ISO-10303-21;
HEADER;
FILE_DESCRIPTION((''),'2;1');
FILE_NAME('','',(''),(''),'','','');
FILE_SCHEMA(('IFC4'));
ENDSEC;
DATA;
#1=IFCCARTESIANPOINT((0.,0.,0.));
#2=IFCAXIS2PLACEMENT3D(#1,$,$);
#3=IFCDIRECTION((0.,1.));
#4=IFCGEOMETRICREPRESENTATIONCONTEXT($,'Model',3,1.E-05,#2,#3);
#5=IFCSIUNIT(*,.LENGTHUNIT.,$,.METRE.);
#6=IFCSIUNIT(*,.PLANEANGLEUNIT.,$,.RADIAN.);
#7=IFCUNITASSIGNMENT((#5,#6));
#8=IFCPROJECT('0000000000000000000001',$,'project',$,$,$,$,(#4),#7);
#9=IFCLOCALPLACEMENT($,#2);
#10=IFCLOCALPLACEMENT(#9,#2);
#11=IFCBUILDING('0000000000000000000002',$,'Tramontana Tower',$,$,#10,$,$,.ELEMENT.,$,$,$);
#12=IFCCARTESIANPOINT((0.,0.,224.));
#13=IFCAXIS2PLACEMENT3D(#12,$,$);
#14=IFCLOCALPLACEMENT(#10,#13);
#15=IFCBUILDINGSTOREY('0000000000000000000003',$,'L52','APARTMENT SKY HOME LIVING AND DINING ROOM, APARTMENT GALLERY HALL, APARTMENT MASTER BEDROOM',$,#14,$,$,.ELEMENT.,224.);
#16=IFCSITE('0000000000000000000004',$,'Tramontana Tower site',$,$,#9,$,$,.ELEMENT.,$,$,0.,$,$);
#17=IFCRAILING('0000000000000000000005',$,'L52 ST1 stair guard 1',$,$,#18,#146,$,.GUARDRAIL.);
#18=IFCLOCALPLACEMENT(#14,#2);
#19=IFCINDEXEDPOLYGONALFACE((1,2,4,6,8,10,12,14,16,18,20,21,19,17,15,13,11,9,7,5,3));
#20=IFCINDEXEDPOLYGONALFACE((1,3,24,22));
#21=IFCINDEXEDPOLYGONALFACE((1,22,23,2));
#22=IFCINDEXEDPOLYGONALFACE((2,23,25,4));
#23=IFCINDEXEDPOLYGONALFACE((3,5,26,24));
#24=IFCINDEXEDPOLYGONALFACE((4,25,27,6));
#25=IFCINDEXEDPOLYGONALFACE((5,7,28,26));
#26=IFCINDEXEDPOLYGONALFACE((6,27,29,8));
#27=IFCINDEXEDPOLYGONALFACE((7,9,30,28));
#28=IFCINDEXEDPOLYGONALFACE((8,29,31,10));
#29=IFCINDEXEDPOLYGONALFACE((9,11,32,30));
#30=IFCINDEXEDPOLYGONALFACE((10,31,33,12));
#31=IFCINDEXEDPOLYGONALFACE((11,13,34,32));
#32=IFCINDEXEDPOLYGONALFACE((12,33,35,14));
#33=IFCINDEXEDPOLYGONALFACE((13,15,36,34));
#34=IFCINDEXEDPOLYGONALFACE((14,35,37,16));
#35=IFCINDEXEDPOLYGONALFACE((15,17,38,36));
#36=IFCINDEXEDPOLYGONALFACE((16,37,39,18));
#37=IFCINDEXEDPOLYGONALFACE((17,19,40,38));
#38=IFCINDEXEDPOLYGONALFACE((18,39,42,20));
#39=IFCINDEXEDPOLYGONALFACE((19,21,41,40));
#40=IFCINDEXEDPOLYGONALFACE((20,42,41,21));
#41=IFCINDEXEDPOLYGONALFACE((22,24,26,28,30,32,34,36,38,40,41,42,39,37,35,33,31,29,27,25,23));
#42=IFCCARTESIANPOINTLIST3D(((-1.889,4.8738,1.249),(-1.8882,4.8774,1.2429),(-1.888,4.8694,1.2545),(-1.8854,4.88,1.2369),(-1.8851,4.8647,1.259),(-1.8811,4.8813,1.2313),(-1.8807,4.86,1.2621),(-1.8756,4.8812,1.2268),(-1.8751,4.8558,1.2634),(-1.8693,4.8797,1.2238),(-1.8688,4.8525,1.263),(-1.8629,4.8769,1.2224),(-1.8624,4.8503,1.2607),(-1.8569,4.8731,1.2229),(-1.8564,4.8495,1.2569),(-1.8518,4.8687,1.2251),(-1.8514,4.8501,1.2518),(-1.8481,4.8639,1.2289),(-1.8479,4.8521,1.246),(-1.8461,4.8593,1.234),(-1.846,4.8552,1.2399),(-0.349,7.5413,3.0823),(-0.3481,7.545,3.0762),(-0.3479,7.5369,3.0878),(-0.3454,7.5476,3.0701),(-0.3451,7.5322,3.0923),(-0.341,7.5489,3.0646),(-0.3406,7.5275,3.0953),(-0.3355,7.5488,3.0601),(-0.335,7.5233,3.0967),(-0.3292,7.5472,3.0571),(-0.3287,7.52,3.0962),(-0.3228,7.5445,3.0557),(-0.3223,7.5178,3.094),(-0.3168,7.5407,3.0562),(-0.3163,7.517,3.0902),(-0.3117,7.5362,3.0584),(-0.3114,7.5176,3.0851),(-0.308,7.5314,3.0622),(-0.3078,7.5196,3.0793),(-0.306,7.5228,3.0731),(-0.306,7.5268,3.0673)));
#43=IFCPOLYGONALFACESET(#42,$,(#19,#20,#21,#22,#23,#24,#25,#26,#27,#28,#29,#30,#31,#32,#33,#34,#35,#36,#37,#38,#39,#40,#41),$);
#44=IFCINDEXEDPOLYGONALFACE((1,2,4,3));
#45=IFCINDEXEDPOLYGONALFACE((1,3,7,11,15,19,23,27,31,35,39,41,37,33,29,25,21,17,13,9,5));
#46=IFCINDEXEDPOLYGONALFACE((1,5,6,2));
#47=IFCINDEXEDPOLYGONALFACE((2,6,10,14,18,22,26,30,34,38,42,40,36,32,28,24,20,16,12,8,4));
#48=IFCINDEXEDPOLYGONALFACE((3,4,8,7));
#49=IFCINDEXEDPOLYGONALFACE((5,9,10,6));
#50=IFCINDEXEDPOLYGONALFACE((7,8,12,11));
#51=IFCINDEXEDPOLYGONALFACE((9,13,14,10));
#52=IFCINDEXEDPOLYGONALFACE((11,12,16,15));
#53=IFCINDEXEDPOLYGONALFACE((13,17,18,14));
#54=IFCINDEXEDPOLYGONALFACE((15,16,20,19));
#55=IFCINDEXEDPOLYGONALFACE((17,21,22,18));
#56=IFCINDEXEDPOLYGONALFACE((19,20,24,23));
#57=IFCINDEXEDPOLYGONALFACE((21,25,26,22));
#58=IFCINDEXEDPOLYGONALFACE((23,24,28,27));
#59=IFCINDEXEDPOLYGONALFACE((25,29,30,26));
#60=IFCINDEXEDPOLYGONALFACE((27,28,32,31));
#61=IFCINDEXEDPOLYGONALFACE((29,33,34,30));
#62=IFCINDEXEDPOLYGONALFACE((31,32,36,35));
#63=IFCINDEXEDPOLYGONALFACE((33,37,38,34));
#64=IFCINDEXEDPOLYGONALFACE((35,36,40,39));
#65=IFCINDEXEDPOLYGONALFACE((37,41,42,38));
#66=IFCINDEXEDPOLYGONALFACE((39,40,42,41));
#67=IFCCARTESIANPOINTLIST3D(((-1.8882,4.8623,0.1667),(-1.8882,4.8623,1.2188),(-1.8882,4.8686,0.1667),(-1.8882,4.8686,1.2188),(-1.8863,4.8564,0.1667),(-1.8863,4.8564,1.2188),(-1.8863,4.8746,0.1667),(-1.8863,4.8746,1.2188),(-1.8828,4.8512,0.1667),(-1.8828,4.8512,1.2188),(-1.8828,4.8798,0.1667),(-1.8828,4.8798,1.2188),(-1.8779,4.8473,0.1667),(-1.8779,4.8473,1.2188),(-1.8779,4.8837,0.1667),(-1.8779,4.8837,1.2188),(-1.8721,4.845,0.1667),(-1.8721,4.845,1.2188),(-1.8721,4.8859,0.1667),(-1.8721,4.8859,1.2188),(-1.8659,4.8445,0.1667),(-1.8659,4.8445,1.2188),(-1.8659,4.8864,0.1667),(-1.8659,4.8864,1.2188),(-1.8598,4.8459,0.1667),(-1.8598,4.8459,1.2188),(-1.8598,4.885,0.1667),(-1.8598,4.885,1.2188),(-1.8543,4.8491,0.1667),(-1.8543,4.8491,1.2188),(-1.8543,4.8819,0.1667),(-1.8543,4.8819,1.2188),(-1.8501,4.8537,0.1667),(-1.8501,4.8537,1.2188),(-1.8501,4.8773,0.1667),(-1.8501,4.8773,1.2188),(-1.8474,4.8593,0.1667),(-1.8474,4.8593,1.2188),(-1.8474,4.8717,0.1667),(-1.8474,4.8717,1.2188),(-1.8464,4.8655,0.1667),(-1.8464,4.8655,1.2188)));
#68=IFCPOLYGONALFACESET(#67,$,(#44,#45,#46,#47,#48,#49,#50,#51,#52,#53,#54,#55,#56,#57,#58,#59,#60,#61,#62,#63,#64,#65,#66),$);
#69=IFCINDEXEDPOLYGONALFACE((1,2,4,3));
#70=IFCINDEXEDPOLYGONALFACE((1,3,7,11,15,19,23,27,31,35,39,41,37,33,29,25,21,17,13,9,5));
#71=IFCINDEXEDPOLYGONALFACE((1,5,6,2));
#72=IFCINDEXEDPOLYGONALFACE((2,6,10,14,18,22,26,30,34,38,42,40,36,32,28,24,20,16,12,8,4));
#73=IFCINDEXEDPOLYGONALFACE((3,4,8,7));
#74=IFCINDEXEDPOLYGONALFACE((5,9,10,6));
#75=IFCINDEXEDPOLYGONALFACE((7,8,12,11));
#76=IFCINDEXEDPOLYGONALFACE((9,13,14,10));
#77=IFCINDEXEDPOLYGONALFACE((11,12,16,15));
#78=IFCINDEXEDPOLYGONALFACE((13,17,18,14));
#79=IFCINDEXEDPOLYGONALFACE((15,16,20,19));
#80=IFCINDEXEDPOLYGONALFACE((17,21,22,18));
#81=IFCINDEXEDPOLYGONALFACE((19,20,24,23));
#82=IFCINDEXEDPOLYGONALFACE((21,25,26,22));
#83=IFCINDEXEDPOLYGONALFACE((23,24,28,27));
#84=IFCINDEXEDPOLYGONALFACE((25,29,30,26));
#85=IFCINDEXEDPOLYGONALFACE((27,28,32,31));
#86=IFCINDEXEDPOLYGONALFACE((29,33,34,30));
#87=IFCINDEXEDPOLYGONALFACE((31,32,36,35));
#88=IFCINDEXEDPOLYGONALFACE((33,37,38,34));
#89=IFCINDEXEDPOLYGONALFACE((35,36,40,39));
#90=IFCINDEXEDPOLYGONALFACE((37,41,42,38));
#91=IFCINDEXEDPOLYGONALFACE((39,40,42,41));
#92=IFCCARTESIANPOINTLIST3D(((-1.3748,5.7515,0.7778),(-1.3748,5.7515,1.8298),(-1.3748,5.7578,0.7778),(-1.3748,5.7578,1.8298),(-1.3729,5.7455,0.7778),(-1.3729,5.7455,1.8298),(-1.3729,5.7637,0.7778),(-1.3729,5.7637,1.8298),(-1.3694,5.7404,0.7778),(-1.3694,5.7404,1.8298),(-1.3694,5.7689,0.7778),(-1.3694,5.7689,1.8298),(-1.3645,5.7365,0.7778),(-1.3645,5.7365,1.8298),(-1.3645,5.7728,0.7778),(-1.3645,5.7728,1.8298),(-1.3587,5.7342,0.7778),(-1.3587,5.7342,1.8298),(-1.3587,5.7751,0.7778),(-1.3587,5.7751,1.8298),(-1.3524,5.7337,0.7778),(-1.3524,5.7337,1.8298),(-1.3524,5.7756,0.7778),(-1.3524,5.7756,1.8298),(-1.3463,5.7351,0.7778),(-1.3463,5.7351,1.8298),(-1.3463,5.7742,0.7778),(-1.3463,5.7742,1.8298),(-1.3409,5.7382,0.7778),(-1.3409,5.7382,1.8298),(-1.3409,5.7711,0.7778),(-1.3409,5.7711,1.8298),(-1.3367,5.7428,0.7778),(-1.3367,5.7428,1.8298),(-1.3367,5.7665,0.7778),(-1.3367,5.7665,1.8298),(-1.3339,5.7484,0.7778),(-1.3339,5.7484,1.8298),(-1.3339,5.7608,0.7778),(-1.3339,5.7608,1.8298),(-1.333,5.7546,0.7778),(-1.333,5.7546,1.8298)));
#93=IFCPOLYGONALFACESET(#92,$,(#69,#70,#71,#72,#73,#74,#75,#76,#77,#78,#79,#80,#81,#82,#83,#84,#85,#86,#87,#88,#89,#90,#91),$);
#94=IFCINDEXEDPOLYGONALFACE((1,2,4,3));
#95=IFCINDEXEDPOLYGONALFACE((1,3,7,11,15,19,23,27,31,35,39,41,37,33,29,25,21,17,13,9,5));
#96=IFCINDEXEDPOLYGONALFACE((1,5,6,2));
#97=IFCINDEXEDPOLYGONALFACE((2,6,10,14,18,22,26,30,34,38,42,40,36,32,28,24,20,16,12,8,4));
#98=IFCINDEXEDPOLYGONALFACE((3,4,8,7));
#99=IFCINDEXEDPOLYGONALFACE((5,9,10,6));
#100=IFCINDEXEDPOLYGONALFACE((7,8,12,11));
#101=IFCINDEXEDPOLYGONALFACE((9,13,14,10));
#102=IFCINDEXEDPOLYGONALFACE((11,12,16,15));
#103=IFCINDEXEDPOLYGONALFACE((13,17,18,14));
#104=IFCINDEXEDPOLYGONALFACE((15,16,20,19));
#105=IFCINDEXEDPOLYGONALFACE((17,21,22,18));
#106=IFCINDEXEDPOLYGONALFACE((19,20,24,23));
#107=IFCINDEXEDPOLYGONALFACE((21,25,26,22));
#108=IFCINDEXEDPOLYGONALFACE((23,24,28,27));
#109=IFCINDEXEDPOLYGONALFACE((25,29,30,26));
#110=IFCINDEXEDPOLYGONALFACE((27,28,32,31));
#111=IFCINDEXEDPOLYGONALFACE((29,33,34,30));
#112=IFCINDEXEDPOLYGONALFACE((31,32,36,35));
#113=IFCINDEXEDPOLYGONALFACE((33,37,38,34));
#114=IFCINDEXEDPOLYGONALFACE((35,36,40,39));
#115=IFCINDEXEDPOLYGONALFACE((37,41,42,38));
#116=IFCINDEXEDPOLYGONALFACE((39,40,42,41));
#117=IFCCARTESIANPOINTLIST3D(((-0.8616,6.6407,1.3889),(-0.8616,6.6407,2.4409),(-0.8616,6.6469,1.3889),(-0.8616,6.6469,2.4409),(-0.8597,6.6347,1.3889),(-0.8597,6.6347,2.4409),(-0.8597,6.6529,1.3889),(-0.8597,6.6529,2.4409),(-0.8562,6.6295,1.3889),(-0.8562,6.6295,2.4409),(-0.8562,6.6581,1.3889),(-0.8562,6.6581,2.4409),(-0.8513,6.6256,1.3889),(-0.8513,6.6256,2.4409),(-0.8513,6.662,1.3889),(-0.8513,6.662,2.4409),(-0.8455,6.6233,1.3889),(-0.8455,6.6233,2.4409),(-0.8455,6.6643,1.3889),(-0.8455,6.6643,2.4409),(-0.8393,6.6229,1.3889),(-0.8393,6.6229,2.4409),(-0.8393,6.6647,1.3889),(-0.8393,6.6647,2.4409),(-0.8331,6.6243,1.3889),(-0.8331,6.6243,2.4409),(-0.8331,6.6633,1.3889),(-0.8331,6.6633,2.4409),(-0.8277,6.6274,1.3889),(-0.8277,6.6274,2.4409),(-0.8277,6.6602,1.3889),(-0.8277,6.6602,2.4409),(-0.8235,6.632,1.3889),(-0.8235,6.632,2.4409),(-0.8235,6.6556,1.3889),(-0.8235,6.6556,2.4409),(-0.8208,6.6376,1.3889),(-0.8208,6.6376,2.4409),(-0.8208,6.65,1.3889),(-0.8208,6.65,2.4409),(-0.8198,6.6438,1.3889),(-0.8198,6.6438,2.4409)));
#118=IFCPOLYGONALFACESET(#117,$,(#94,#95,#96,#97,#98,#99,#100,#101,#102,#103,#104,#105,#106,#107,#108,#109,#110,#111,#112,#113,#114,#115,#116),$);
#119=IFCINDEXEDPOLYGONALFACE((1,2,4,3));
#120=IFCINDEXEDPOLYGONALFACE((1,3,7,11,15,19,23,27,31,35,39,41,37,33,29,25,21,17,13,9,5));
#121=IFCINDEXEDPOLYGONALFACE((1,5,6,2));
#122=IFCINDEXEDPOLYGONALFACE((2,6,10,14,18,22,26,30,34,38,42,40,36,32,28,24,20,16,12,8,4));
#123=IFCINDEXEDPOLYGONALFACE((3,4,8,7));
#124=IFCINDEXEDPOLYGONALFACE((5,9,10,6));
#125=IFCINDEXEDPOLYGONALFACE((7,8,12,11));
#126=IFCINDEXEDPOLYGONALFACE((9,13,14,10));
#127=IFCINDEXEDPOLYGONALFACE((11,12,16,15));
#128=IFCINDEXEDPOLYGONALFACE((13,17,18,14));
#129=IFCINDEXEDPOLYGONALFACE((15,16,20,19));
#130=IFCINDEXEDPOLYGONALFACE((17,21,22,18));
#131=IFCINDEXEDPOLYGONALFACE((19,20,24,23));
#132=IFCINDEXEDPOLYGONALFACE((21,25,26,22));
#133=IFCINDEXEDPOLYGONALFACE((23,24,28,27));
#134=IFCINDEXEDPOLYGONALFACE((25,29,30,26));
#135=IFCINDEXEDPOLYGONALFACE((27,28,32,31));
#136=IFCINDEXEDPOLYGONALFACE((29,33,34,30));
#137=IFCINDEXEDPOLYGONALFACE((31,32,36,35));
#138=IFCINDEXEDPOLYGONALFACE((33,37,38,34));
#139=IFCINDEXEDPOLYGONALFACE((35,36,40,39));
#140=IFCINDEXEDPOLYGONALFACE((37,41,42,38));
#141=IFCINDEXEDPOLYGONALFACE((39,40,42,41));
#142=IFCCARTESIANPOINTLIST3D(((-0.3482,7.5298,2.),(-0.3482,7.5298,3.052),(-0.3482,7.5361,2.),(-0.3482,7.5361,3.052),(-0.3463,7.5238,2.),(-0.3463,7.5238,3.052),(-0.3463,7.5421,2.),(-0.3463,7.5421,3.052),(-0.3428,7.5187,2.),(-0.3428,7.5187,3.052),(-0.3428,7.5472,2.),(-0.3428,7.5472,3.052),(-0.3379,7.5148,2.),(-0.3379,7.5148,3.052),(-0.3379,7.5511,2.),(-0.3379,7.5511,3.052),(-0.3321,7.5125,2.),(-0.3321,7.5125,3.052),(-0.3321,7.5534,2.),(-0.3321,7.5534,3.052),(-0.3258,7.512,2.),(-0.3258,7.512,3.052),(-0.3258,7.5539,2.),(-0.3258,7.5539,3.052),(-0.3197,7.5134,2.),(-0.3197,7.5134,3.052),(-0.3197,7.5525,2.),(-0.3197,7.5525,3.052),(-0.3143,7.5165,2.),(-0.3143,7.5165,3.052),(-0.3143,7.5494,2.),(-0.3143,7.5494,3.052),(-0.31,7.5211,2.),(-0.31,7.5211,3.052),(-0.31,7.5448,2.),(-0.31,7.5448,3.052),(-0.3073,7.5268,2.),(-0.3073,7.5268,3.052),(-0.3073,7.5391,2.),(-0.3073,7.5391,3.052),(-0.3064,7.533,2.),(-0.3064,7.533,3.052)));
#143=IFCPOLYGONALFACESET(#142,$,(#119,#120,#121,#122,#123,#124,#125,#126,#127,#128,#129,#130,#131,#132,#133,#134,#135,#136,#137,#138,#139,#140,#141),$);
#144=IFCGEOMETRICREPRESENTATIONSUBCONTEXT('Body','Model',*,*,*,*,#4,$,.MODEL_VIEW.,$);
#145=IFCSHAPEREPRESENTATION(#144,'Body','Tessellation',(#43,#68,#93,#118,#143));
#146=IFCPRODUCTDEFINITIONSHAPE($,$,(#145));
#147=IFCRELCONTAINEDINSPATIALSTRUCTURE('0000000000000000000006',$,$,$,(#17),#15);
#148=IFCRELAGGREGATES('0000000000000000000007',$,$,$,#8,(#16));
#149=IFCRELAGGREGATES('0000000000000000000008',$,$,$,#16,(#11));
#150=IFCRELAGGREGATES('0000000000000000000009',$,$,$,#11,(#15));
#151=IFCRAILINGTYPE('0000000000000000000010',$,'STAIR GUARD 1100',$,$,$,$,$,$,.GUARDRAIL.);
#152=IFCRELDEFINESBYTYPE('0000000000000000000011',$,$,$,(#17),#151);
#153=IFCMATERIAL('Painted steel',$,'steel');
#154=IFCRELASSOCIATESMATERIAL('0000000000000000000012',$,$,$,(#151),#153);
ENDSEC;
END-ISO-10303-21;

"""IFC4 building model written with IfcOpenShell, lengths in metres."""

from ifc_helpers import new_model, si_unit, direction, frame, origin, origin_2d, place, context, subcontext, project, spatial, circle, extrude, material, type_object, element, save


model = new_model("IFC4")

# Units and contexts
model_context = context("Model", 3, precision=1e-05, world=origin(), true_north=direction((0.0, 1.0)))
body_context = subcontext(model_context, "Body", "Model", "MODEL_VIEW")
ifc_project = project(units=[si_unit("LENGTHUNIT", "METRE"), si_unit("PLANEANGLEUNIT", "RADIAN")], contexts=[model_context])

# Site, building, storey
site_placement = place(None, origin())
site = spatial("IfcSite", under=ifc_project, at=site_placement, Name="Tramontana Tower site", CompositionType="ELEMENT", RefElevation=0.0)
building_placement = place(site_placement, origin())
building = spatial("IfcBuilding", under=site, at=building_placement, Name="Tramontana Tower", CompositionType="ELEMENT")
storey_placement = place(building_placement, frame((0.0, 0.0, 224.0)))
storey = spatial("IfcBuildingStorey", under=building, at=storey_placement, Name="L52", Description="APARTMENT SKY HOME LIVING AND DINING ROOM, APARTMENT GALLERY HALL, APARTMENT MASTER BEDROOM", CompositionType="ELEMENT", Elevation=224.0)

# Railing
ifc_material_1 = material(Name="Painted steel", Category="steel")
railing_type = type_object("IfcRailingType", Name="STAIR GUARD 1100", PredefinedType="GUARDRAIL", material=ifc_material_1)
railing_1_placement = place(storey_placement, frame((-1.8674, 4.8655, 0.1667)))
element("IfcRailing", 1, at=railing_1_placement, inside=storey, type_object=railing_type, Name="L52 ST1 stair guard 1", PredefinedType="GUARDRAIL", context=body_context, shape_type="SweptSolid", body=[
    extrude(circle(Radius=0.0239, at=origin_2d()), frame((0.0, 0.0, 1.0762), z_axis=(0.429649, 0.74419, 0.511452), x_axis=(-0.86603, 0.499992, 0.0)), (0.0, 0.0, 1.0), 3.5845),
    extrude(circle(Radius=0.021, at=origin_2d()), origin(), (0.0, 0.0, 1.0), 1.052),
    extrude(circle(Radius=0.021, at=origin_2d()), frame((0.5134, 0.8892, 0.6111)), (0.0, 0.0, 1.0), 1.052),
    extrude(circle(Radius=0.021, at=origin_2d()), frame((1.0266, 1.7783, 1.2222)), (0.0, 0.0, 1.0), 1.052),
    extrude(circle(Radius=0.021, at=origin_2d()), frame((1.54, 2.6675, 1.8333)), (0.0, 0.0, 1.0), 1.052),
])

save(model, "model.ifc")
